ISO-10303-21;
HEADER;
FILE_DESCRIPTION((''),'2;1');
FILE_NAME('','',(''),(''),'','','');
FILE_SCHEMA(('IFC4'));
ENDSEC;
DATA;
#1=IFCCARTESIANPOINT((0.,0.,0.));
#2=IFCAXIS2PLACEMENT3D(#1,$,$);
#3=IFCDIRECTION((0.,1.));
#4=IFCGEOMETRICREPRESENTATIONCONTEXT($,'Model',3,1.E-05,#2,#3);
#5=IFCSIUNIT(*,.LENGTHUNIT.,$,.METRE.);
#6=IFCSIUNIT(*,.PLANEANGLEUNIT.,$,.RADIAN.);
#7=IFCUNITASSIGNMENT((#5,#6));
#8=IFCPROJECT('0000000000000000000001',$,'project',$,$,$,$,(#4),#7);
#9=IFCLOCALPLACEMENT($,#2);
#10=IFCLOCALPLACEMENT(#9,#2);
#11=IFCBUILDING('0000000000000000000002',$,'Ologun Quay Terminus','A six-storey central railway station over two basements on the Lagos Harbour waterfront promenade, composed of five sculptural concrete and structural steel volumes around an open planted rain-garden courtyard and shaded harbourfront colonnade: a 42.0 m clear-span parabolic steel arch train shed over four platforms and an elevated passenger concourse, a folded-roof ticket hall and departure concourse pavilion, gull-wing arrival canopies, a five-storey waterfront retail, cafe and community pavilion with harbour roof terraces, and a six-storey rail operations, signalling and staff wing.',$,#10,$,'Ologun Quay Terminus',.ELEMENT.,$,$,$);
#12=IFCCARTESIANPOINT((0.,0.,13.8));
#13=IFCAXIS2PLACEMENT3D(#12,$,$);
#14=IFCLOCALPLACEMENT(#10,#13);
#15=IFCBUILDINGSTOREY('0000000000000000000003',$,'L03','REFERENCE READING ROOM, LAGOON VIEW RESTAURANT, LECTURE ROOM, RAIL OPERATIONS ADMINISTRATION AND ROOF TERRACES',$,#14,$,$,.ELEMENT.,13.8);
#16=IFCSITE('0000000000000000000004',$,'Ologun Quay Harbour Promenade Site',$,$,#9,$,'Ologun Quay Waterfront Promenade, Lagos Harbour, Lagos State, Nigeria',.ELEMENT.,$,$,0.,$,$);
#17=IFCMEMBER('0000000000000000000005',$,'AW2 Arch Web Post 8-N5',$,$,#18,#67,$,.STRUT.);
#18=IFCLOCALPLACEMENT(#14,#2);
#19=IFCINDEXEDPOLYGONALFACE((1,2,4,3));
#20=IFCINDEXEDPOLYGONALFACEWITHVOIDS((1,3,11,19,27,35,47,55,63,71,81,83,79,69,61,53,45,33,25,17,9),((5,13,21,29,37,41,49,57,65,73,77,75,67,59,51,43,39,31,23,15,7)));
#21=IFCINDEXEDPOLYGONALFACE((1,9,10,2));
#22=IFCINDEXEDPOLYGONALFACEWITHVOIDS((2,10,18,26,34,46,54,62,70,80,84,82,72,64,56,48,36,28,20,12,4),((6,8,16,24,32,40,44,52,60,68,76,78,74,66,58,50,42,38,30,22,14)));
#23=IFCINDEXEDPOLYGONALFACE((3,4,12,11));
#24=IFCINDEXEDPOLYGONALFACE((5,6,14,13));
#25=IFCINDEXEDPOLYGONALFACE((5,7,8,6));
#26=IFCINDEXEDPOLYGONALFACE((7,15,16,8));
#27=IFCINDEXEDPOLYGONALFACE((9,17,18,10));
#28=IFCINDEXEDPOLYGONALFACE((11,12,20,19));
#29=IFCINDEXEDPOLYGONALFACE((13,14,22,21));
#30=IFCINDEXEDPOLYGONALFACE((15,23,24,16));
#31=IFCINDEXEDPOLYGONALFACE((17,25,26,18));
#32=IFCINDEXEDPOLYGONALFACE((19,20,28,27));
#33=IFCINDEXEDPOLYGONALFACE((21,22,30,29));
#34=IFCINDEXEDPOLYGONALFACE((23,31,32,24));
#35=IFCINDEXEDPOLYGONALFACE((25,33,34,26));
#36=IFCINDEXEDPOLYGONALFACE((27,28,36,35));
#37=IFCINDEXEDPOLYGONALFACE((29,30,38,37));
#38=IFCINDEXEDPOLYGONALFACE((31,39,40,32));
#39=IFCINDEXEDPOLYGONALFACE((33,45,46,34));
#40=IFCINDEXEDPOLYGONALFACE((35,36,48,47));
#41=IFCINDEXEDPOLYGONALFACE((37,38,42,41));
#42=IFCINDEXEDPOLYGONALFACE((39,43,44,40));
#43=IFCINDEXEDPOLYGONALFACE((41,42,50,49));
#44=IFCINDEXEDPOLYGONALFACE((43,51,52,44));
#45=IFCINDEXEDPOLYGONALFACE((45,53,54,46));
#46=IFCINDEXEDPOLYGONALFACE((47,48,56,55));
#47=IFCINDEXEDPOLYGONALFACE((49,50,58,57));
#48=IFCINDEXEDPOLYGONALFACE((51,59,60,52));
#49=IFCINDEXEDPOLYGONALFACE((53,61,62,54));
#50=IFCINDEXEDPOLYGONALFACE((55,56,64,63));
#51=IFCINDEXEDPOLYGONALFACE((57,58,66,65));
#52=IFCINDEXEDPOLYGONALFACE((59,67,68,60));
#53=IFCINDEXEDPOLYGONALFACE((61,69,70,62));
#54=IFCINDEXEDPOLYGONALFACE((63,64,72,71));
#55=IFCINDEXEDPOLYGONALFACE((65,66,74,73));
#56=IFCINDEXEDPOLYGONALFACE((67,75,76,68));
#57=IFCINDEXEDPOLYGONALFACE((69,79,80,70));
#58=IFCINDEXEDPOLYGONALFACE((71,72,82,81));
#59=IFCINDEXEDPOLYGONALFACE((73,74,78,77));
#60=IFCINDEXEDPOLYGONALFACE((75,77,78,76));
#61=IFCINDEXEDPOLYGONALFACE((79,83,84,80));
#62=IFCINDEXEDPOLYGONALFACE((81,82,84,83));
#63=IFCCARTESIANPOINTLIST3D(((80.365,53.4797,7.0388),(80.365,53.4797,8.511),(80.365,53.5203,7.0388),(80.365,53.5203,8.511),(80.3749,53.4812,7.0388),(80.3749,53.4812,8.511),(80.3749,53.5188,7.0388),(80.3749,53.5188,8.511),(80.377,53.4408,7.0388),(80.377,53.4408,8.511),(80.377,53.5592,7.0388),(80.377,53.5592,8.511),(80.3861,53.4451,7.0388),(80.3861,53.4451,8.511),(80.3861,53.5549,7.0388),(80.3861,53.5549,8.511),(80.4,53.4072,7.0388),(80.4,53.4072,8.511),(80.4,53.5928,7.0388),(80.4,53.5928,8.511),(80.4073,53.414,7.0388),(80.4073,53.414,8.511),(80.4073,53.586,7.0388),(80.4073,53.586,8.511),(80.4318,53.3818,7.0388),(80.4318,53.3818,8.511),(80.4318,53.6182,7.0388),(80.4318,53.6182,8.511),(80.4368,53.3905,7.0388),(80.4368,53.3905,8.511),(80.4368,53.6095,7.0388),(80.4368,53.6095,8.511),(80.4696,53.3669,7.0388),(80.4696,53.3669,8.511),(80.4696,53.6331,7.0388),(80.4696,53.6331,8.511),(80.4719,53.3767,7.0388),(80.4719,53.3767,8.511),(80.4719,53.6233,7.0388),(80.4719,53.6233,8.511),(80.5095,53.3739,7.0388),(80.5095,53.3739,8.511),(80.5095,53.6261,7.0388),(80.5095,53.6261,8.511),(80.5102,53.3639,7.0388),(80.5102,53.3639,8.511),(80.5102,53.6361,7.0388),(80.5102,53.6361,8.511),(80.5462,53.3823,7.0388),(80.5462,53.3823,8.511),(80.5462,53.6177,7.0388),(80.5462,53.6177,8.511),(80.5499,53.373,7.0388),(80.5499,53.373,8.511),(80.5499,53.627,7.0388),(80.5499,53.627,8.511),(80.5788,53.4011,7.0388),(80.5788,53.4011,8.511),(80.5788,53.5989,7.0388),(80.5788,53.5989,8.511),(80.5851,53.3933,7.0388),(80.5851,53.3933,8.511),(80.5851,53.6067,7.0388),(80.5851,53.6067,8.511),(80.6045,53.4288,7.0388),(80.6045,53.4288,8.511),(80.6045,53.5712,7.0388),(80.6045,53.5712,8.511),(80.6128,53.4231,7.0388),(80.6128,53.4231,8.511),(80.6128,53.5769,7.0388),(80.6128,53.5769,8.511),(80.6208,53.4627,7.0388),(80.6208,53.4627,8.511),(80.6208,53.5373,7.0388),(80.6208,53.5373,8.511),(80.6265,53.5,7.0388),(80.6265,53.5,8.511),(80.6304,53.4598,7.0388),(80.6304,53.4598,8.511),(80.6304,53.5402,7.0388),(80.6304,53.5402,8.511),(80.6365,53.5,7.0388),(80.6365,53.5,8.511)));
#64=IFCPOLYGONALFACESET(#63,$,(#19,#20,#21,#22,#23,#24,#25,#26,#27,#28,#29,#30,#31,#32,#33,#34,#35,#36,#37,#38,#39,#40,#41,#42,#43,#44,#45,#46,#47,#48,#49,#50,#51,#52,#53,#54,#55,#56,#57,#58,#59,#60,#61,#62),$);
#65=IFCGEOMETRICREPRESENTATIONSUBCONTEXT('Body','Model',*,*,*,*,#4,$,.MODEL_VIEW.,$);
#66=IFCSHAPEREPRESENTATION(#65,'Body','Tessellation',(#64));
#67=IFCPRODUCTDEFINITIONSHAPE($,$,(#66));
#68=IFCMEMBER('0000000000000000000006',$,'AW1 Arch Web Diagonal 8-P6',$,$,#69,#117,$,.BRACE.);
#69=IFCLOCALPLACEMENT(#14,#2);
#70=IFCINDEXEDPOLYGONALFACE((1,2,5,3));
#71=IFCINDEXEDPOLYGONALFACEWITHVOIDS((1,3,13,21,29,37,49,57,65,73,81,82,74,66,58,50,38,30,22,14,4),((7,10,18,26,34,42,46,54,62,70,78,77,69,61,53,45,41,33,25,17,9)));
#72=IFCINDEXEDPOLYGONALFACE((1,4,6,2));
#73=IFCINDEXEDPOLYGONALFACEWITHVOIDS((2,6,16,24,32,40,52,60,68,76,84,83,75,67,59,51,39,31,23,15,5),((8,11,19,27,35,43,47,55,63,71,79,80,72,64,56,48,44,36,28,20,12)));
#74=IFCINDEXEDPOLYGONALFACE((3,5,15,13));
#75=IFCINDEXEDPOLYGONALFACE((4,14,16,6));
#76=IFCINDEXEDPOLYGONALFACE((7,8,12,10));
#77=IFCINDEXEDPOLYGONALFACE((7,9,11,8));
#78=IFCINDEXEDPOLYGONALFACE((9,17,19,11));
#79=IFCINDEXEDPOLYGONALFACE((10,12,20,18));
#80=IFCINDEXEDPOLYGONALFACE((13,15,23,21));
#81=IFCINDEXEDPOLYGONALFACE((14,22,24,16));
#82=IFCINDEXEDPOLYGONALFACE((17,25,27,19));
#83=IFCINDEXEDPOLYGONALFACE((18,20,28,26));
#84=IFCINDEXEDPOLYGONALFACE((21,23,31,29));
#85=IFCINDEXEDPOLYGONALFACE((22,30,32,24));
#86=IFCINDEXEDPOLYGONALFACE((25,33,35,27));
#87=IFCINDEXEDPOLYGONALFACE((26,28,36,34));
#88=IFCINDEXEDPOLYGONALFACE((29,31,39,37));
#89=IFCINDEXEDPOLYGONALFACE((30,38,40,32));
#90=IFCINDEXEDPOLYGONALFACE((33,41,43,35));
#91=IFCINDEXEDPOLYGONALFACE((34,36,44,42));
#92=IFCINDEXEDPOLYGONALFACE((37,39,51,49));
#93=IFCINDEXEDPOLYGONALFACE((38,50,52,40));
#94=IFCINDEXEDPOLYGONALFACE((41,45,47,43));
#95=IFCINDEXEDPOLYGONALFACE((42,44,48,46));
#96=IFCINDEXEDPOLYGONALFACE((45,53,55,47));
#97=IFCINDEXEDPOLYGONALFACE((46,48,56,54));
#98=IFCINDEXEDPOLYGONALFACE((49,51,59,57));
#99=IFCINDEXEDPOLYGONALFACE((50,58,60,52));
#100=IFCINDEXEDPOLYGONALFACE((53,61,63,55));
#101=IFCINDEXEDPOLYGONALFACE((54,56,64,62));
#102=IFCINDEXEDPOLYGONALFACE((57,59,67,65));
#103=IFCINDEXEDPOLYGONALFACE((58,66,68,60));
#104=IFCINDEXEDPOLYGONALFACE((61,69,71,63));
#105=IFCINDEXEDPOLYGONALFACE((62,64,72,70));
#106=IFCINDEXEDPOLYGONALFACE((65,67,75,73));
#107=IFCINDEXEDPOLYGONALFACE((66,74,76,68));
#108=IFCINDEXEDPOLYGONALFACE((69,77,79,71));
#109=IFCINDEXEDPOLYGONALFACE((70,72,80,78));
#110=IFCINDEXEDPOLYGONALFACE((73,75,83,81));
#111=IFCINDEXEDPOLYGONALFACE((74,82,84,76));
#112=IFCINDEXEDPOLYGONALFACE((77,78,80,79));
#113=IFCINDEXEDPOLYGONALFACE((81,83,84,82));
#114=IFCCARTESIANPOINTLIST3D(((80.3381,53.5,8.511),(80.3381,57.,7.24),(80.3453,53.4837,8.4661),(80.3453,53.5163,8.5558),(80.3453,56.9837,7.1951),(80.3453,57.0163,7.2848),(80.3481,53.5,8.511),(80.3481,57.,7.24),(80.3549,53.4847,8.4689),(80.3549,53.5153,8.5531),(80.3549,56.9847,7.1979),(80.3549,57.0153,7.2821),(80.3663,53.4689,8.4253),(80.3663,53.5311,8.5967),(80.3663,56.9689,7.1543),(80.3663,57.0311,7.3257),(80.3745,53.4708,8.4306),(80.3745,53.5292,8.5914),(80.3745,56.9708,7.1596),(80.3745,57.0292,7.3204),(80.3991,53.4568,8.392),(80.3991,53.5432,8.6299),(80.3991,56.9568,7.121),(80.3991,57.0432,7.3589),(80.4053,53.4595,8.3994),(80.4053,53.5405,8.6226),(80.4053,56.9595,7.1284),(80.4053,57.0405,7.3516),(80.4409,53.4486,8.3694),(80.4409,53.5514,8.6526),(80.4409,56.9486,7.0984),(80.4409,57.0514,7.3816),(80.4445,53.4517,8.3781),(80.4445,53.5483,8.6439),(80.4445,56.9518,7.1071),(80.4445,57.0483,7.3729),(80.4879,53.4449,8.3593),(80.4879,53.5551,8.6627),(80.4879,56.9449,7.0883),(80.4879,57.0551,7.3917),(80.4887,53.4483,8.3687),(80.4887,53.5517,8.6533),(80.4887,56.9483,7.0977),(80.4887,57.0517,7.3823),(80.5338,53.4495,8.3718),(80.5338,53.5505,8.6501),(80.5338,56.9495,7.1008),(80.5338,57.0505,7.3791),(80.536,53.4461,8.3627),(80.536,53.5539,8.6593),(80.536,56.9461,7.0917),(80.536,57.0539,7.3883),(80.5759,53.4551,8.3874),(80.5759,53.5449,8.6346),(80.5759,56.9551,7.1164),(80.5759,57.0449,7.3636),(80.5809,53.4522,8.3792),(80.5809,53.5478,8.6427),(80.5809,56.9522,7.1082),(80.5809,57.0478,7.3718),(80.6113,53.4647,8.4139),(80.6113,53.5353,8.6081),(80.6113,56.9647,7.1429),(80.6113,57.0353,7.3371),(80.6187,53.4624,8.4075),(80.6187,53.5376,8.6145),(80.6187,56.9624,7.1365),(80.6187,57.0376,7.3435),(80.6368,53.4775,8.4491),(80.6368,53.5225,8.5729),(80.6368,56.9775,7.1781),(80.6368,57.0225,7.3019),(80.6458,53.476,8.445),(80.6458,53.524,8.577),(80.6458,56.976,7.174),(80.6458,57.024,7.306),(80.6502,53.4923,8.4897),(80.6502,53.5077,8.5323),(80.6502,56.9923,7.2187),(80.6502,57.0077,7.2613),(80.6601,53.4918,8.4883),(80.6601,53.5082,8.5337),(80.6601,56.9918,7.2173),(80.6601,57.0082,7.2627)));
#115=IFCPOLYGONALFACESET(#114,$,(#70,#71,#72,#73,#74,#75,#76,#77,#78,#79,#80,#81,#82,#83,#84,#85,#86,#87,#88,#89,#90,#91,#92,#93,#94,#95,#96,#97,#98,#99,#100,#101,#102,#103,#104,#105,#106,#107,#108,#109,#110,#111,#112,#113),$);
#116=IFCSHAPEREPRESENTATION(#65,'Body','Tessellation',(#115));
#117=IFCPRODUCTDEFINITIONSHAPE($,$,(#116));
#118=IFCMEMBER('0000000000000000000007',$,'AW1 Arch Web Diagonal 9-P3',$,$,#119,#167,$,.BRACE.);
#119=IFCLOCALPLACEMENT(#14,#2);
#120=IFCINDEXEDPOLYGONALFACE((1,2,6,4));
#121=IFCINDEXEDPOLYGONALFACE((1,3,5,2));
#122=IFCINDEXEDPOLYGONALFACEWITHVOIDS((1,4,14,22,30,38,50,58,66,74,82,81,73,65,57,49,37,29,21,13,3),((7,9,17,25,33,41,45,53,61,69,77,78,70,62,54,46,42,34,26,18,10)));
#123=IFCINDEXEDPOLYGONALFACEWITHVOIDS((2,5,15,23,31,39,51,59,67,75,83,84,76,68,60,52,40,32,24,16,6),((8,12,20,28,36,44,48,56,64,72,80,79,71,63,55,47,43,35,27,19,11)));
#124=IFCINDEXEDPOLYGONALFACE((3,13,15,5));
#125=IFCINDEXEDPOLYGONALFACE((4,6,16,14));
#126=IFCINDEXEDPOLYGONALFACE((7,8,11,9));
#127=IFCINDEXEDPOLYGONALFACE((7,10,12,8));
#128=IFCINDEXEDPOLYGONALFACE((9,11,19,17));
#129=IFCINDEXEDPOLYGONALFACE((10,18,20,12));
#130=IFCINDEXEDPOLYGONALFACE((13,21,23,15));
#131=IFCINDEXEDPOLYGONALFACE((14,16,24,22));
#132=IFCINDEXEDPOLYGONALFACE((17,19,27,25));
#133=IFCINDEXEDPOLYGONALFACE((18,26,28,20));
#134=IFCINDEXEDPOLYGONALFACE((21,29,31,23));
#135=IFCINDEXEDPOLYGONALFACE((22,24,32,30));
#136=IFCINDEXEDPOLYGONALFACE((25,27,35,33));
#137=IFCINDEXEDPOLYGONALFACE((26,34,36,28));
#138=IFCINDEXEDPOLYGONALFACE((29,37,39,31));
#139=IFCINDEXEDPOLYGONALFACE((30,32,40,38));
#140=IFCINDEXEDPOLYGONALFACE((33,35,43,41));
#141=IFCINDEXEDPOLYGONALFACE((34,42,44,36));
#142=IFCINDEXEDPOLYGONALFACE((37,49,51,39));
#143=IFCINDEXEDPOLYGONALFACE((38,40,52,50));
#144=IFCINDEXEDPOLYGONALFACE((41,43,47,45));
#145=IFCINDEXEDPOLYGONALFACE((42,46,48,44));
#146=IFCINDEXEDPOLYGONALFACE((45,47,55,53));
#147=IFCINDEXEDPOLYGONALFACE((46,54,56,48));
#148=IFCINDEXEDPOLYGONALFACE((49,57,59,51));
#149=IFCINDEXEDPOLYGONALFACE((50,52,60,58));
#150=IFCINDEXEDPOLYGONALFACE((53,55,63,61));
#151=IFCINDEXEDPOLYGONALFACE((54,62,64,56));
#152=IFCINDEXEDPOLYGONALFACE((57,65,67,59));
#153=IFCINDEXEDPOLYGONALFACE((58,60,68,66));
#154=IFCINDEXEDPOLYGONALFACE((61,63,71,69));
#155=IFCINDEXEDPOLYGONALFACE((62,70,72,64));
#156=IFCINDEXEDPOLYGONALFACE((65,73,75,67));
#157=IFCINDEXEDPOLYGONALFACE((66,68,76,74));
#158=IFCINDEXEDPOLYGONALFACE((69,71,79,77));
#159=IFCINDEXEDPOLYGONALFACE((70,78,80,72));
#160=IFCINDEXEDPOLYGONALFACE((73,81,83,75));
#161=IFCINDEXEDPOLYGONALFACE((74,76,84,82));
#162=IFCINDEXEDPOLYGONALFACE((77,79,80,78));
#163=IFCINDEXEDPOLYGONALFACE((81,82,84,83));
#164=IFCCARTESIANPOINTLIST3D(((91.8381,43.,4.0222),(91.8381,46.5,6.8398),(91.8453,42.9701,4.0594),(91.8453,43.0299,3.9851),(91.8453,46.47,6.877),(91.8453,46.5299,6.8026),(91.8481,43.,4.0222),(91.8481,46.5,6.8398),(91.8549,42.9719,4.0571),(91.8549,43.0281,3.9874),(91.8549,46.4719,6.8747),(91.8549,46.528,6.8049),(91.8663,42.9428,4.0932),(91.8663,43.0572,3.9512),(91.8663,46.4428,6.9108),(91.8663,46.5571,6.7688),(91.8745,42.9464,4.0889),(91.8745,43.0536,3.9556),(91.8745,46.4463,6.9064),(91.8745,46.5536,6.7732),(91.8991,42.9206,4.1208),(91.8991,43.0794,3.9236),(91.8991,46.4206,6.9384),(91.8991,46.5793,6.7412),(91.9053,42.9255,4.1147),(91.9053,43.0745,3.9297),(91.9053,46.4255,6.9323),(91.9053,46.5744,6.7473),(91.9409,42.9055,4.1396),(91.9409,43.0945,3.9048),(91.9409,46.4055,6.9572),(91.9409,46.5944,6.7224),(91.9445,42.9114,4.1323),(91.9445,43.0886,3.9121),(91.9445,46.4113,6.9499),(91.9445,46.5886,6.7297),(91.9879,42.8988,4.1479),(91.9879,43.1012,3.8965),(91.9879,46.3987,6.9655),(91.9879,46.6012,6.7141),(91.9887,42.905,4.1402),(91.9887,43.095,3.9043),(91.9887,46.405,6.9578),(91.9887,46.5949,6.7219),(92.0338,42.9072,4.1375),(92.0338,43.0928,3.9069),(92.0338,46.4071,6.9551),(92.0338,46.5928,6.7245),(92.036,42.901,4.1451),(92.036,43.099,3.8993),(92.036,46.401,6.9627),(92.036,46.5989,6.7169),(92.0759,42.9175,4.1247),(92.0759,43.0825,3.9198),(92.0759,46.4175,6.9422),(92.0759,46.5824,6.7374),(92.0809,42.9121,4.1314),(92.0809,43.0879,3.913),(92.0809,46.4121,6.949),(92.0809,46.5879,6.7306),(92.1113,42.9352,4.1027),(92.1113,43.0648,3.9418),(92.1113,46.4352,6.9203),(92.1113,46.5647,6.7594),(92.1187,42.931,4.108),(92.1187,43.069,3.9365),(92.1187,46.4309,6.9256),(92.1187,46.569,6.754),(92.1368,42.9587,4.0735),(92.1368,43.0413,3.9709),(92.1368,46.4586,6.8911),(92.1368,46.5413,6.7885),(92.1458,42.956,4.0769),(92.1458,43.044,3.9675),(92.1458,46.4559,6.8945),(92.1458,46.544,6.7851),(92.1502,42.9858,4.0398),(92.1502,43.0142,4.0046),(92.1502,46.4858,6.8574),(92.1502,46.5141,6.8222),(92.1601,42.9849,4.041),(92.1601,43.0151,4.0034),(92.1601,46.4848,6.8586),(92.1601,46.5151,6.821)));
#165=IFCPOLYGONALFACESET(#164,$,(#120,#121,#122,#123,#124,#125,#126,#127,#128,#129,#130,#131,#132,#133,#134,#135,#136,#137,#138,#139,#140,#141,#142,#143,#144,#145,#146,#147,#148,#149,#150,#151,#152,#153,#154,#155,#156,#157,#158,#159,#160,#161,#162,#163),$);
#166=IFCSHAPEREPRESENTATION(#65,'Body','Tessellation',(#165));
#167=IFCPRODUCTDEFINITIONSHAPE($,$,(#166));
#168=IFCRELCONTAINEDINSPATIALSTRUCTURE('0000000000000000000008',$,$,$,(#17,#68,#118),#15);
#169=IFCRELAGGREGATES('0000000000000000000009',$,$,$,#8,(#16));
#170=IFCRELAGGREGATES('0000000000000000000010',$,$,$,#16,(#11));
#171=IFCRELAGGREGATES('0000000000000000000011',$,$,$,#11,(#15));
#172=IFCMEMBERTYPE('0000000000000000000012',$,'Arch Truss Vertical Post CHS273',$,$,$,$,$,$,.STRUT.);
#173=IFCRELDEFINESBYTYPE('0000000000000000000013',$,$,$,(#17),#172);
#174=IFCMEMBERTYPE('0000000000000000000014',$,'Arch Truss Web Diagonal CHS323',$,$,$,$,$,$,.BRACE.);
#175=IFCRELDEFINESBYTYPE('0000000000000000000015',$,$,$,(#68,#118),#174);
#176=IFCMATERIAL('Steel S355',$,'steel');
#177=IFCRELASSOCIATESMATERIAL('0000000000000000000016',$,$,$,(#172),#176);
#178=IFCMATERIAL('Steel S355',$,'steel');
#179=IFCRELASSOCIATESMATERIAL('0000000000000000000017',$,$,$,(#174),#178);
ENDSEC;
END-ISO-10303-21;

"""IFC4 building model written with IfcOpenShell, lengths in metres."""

from ifc_helpers import new_model, si_unit, direction, frame, origin, origin_2d, place, context, subcontext, project, spatial, hollow_circle, extrude, material, material_profile, profile_set, type_object, element, save


model = new_model("IFC4")

# Units and contexts
model_context = context("Model", 3, precision=1e-05, world=origin(), true_north=direction((0.0, 1.0)))
body_context = subcontext(model_context, "Body", "Model", "MODEL_VIEW")
ifc_project = project(units=[si_unit("LENGTHUNIT", "METRE"), si_unit("PLANEANGLEUNIT", "RADIAN")], contexts=[model_context])

# Site, building, storey
site_placement = place(None, origin())
site = spatial("IfcSite", under=ifc_project, at=site_placement, Name="Ologun Quay Harbour Promenade Site", LongName="Ologun Quay Waterfront Promenade, Lagos Harbour, Lagos State, Nigeria", CompositionType="ELEMENT", RefElevation=0.0)
building_placement = place(site_placement, origin())
building = spatial("IfcBuilding", under=site, at=building_placement, Name="Ologun Quay Terminus", Description="A six-storey central railway station over two basements on the Lagos Harbour waterfront promenade, composed of five sculptural concrete and structural steel volumes around an open planted rain-garden courtyard and shaded harbourfront colonnade: a 42.0 m clear-span parabolic steel arch train shed over four platforms and an elevated passenger concourse, a folded-roof ticket hall and departure concourse pavilion, gull-wing arrival canopies, a five-storey waterfront retail, cafe and community pavilion with harbour roof terraces, and a six-storey rail operations, signalling and staff wing.", LongName="Ologun Quay Terminus", CompositionType="ELEMENT")
storey_placement = place(building_placement, frame((0.0, 0.0, 13.8)))
storey = spatial("IfcBuildingStorey", under=building, at=storey_placement, Name="L03", Description="REFERENCE READING ROOM, LAGOON VIEW RESTAURANT, LECTURE ROOM, RAIL OPERATIONS ADMINISTRATION AND ROOF TERRACES", CompositionType="ELEMENT", Elevation=13.8)

# Members
ifc_material_1 = material(Name="Steel S355", Category="steel")
ifc_material_profile_1 = material_profile(ifc_material_1, hollow_circle(Radius=0.1365, WallThickness=0.01, at=origin_2d()), Name="CHS 273x10")
ifc_profile_set_1 = profile_set([ifc_material_profile_1], Name="Steel S355")
member_type_1 = type_object("IfcMemberType", Name="Arch Truss Vertical Post CHS273", PredefinedType="STRUT", material=ifc_profile_set_1)
member_1_placement = place(storey_placement, frame((80.5, 53.5, 7.0388), z_axis=(0.0, 0.0, 1.0), x_axis=(1.0, 0.0, 0.0)))
element("IfcMember", 1, at=member_1_placement, inside=storey, type_object=member_type_1, Name="AW2 Arch Web Post 8-N5", PredefinedType="STRUT", context=body_context, shape_type="SweptSolid", body=[
    extrude(hollow_circle(Radius=0.1365, WallThickness=0.01, at=origin_2d()), origin(), (0.0, 0.0, 1.0), 1.4722),
])
ifc_material_2 = material(Name="Steel S355", Category="steel")
ifc_material_profile_2 = material_profile(ifc_material_2, hollow_circle(Radius=0.1619, WallThickness=0.01, at=origin_2d()), Name="CHS 323.9x10")
ifc_profile_set_2 = profile_set([ifc_material_profile_2], Name="Steel S355")
member_type_2 = type_object("IfcMemberType", Name="Arch Truss Web Diagonal CHS323", PredefinedType="BRACE", material=ifc_profile_set_2)
member_2_placement = place(storey_placement, frame((80.5, 53.5, 8.511), z_axis=(0.0, 0.939943, -0.341332), x_axis=(-1.0, 0.0, 0.0)))
element("IfcMember", 2, at=member_2_placement, inside=storey, type_object=member_type_2, Name="AW1 Arch Web Diagonal 8-P6", PredefinedType="BRACE", context=body_context, shape_type="SweptSolid", body=[
    extrude(hollow_circle(Radius=0.1619, WallThickness=0.01, at=origin_2d()), origin(), (0.0, 0.0, 1.0), 3.7236),
])
member_3_placement = place(storey_placement, frame((92.0, 43.0, 4.0222), z_axis=(0.0, 0.778951, 0.627084), x_axis=(-1.0, 0.0, 0.0)))
element("IfcMember", 3, at=member_3_placement, inside=storey, type_object=member_type_2, Name="AW1 Arch Web Diagonal 9-P3", PredefinedType="BRACE", context=body_context, shape_type="SweptSolid", body=[
    extrude(hollow_circle(Radius=0.1619, WallThickness=0.01, at=origin_2d()), origin(), (0.0, 0.0, 1.0), 4.4932),
])

save(model, "model.ifc")
